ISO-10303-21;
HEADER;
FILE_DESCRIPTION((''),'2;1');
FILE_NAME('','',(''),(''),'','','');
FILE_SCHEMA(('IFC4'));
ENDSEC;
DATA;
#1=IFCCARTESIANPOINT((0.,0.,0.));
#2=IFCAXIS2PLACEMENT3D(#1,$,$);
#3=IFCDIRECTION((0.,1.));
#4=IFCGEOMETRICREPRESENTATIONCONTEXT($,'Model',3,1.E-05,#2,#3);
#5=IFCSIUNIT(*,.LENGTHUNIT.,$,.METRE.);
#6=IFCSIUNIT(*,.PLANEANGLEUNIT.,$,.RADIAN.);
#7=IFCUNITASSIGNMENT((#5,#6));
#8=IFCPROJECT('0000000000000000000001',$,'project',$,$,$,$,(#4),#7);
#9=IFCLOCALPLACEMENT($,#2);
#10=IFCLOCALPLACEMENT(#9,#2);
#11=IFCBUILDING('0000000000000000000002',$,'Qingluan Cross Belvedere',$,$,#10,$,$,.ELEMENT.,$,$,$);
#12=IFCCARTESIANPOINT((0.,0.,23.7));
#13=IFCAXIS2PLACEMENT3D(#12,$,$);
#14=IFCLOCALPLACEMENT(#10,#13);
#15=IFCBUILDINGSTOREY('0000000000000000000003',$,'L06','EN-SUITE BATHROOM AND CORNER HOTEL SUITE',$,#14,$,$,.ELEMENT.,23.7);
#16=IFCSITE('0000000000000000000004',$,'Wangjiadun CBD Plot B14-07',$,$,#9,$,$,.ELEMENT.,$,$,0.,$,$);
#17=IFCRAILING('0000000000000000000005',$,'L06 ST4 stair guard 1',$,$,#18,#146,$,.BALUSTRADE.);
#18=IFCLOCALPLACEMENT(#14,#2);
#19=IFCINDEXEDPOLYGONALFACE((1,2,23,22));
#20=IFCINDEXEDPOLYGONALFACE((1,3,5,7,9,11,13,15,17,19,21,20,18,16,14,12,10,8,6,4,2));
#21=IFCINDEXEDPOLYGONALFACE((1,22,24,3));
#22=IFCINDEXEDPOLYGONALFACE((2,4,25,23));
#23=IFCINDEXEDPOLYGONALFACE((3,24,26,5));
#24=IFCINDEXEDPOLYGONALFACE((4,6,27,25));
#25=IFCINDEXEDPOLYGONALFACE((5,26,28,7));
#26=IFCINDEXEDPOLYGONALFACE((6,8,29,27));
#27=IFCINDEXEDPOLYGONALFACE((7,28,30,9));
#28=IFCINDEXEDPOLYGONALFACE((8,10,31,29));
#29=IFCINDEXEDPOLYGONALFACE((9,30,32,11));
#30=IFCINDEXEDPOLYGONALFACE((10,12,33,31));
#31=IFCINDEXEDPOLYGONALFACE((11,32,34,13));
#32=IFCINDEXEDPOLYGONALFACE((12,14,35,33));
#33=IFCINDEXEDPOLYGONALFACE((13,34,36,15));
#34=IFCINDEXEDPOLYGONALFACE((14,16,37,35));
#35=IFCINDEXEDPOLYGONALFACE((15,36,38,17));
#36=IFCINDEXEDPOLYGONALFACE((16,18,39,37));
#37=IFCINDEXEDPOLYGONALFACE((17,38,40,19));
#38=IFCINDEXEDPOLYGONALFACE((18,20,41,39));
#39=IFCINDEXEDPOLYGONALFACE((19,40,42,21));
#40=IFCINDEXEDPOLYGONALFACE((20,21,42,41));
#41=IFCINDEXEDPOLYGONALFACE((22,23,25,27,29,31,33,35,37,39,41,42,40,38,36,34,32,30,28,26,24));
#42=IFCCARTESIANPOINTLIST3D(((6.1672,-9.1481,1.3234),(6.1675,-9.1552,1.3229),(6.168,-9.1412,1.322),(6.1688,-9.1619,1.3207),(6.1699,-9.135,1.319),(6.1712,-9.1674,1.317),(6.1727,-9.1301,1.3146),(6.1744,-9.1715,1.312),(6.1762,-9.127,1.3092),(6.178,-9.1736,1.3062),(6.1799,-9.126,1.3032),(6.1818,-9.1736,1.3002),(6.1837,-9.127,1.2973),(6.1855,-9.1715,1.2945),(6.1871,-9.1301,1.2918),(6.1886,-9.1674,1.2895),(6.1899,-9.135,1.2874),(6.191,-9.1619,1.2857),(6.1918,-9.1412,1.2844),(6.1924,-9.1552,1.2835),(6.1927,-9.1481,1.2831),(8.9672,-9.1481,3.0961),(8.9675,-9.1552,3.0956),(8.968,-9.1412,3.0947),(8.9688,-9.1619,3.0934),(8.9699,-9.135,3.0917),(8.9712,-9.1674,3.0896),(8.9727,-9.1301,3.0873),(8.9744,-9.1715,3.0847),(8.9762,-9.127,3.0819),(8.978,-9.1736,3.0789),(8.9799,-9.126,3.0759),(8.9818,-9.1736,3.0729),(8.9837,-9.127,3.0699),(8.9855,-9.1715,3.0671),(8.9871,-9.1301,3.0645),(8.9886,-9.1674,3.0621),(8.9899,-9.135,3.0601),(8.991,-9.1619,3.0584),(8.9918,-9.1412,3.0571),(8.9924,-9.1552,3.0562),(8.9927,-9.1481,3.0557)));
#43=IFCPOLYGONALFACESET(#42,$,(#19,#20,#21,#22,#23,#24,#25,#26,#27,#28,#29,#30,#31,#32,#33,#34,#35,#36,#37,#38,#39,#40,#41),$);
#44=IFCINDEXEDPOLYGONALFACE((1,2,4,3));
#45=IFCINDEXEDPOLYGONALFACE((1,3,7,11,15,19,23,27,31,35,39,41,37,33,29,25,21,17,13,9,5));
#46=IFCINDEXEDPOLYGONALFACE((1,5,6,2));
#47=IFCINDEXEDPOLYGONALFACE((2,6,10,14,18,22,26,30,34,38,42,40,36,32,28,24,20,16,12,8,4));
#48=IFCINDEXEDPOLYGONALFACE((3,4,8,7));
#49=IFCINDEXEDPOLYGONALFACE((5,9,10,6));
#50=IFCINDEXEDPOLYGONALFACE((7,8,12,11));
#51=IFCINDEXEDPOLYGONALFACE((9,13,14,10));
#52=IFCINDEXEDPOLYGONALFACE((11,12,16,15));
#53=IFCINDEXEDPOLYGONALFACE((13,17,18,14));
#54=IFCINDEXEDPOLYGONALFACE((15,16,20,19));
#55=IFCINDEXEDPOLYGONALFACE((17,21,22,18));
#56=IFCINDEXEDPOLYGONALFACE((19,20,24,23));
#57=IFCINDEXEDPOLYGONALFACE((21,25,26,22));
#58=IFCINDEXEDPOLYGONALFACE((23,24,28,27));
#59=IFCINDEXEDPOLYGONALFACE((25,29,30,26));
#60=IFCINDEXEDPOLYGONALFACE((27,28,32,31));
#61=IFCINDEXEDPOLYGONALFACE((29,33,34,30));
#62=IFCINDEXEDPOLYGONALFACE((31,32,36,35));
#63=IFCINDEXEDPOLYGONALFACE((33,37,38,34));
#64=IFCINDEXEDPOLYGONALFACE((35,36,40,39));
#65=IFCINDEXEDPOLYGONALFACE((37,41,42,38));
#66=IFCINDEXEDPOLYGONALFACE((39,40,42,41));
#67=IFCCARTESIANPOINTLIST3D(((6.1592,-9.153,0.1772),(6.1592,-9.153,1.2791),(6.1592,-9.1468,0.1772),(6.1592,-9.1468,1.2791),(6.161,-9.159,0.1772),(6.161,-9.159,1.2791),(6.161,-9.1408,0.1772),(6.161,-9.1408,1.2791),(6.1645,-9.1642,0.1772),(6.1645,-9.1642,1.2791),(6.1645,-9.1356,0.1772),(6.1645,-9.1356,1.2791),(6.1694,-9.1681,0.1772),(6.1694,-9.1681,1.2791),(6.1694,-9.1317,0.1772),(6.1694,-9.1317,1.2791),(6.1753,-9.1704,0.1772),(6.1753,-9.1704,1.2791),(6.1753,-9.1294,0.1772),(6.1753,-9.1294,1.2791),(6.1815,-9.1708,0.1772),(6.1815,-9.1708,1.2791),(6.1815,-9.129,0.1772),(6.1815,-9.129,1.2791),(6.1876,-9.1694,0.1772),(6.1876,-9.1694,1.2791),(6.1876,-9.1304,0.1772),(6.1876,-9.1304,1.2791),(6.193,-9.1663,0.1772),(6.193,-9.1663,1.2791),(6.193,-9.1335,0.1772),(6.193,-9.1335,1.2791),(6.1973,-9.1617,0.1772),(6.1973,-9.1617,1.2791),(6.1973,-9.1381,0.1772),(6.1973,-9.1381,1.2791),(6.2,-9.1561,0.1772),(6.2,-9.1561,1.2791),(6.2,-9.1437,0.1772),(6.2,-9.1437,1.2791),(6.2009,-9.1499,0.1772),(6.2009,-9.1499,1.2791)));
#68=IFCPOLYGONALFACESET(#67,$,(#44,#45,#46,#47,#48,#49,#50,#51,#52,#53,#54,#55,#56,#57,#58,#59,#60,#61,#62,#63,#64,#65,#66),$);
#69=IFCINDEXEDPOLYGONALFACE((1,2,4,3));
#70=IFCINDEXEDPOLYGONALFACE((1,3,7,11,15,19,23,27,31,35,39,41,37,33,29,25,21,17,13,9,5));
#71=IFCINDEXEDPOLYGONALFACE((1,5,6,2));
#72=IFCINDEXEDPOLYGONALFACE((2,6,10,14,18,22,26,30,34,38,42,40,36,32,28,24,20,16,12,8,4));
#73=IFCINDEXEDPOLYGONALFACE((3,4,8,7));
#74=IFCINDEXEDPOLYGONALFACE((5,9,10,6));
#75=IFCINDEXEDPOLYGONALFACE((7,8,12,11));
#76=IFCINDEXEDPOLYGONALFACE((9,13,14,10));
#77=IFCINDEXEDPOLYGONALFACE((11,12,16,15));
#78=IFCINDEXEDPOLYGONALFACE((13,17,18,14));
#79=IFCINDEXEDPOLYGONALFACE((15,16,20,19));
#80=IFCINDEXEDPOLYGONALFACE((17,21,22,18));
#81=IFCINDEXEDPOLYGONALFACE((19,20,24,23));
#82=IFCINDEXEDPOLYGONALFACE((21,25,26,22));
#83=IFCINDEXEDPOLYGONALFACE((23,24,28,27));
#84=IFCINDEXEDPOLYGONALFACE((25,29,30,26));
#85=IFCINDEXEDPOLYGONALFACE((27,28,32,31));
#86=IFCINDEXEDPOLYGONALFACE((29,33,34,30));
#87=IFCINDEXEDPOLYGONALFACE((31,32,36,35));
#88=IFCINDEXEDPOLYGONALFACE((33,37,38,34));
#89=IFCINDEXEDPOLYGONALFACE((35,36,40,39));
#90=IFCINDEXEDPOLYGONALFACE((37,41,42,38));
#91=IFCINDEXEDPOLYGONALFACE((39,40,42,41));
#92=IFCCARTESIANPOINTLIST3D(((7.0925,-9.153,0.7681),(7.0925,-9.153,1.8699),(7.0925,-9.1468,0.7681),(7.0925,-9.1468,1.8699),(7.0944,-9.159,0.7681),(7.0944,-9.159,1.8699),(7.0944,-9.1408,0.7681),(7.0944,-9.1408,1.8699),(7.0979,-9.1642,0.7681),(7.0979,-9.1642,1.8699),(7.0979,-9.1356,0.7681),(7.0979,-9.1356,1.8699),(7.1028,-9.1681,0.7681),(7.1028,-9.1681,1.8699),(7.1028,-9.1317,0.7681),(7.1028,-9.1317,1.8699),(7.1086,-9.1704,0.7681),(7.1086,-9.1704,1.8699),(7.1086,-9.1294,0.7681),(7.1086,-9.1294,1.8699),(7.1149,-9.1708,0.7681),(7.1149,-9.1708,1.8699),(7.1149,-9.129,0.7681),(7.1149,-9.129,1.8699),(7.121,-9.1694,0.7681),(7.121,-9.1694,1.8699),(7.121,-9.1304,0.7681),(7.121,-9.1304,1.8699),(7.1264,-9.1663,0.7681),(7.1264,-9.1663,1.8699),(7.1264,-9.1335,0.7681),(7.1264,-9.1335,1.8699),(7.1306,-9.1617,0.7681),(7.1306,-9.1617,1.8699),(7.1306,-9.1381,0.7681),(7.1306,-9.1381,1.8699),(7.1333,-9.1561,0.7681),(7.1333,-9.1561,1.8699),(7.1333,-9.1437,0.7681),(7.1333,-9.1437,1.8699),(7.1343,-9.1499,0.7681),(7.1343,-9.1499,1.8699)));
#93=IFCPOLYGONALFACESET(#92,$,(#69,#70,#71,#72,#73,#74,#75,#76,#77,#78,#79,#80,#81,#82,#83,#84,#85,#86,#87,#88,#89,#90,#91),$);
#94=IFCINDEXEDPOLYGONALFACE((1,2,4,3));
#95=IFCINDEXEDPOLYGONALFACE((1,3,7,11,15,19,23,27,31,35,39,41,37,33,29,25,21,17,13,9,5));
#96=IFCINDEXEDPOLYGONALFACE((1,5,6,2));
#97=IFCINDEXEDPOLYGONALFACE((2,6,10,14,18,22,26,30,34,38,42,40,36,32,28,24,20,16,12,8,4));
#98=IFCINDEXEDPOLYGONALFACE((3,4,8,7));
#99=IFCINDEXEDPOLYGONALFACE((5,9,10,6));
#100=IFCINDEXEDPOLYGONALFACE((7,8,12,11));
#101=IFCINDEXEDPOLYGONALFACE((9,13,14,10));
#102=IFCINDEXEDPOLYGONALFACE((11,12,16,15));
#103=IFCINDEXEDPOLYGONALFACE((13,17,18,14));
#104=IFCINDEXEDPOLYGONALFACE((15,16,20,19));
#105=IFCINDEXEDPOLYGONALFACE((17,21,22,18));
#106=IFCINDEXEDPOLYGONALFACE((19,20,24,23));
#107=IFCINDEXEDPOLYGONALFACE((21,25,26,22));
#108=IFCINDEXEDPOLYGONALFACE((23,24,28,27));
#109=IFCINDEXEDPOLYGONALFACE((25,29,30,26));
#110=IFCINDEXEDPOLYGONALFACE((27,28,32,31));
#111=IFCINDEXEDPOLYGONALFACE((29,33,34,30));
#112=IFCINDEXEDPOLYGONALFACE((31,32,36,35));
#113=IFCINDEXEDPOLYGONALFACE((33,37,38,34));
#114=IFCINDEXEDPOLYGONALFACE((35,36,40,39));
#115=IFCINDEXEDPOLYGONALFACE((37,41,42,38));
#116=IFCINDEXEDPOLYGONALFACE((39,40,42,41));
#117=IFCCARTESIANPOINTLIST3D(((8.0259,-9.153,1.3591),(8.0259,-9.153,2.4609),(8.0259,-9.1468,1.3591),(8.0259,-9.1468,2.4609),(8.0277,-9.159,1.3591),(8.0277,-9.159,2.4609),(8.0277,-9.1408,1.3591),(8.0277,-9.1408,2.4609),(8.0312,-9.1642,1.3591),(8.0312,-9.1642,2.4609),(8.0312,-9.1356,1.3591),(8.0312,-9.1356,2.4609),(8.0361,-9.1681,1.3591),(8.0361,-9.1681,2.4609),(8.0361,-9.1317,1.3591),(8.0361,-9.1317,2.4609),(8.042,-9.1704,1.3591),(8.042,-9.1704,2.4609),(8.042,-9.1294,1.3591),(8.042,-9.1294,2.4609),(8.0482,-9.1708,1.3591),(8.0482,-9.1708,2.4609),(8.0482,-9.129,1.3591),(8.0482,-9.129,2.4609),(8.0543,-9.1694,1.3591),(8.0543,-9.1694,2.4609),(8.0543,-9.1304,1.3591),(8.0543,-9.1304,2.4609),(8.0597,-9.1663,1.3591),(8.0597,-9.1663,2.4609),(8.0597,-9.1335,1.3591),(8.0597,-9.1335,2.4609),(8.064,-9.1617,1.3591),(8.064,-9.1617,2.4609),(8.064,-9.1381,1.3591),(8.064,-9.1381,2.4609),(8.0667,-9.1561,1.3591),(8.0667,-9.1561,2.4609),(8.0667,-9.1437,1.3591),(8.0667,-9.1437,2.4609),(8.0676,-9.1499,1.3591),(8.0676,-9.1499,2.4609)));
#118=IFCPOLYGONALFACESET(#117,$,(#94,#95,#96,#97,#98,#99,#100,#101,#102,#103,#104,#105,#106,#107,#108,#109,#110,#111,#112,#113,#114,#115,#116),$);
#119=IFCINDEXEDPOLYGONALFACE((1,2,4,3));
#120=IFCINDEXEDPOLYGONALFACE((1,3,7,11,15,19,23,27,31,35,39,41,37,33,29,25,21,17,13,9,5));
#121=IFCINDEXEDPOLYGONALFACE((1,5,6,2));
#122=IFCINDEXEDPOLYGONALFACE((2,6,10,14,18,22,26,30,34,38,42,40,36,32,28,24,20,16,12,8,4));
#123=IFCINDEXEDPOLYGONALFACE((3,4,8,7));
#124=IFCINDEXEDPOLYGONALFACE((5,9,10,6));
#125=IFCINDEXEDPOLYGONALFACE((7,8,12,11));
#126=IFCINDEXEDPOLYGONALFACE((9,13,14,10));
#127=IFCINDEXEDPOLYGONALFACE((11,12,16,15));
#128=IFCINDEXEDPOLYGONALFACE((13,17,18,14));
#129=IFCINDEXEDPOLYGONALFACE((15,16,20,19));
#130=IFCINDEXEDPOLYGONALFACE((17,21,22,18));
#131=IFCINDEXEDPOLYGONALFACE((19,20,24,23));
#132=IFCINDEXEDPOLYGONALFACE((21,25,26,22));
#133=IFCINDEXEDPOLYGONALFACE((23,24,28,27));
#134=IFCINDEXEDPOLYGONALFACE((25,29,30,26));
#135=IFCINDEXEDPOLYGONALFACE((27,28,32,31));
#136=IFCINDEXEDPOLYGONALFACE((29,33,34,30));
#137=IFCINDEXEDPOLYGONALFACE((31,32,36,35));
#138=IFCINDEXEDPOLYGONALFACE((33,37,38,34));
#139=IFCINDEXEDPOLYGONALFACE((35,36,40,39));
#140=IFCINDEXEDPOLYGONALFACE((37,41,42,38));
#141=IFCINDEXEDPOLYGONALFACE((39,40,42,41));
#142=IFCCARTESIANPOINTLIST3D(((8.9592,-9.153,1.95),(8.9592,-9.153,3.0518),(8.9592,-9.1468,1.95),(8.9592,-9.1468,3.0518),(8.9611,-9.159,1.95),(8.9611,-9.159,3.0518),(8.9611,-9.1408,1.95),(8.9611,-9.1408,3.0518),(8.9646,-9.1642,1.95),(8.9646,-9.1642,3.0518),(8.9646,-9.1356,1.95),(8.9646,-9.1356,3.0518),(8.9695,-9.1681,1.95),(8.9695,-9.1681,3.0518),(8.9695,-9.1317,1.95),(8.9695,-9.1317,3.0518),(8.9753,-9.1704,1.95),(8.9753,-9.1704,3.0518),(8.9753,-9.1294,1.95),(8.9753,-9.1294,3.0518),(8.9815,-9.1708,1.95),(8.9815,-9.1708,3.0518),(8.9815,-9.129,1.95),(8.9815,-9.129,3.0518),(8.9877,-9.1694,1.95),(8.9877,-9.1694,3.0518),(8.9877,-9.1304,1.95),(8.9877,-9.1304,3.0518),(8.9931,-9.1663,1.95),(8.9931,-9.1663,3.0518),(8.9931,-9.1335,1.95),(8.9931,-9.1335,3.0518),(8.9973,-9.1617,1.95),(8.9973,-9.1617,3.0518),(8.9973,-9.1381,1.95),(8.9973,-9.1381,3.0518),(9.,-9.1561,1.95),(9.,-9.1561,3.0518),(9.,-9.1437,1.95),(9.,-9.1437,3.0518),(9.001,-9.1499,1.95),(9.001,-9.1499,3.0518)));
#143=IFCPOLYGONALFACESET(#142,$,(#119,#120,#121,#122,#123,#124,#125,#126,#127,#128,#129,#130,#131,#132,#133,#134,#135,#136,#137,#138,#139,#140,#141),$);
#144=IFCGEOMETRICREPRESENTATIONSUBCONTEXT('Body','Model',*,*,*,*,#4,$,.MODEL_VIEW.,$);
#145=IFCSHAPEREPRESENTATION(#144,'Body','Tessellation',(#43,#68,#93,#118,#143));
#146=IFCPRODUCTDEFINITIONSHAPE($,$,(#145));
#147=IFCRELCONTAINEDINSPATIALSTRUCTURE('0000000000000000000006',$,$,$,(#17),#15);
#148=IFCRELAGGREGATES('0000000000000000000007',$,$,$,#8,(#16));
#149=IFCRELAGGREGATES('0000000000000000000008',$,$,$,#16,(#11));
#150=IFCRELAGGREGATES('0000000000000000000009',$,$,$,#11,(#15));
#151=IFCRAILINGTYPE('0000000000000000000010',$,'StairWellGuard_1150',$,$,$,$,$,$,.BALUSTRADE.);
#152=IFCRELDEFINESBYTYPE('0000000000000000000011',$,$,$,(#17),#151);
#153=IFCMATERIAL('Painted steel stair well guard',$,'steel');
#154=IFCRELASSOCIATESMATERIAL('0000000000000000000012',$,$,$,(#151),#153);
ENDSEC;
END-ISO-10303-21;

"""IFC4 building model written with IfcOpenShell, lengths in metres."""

from ifc_helpers import new_model, si_unit, direction, frame, origin, origin_2d, place, context, subcontext, project, spatial, circle, extrude, material, type_object, element, save


model = new_model("IFC4")

# Units and contexts
model_context = context("Model", 3, precision=1e-05, world=origin(), true_north=direction((0.0, 1.0)))
body_context = subcontext(model_context, "Body", "Model", "MODEL_VIEW")
ifc_project = project(units=[si_unit("LENGTHUNIT", "METRE"), si_unit("PLANEANGLEUNIT", "RADIAN")], contexts=[model_context])

# Site, building, storey
site_placement = place(None, origin())
site = spatial("IfcSite", under=ifc_project, at=site_placement, Name="Wangjiadun CBD Plot B14-07", CompositionType="ELEMENT", RefElevation=0.0)
building_placement = place(site_placement, origin())
building = spatial("IfcBuilding", under=site, at=building_placement, Name="Qingluan Cross Belvedere", CompositionType="ELEMENT")
storey_placement = place(building_placement, frame((0.0, 0.0, 23.7)))
storey = spatial("IfcBuildingStorey", under=building, at=storey_placement, Name="L06", Description="EN-SUITE BATHROOM AND CORNER HOTEL SUITE", CompositionType="ELEMENT", Elevation=23.7)

# Railing
ifc_material_1 = material(Name="Painted steel stair well guard", Category="steel")
railing_type_1 = type_object("IfcRailingType", Name="StairWellGuard_1150", PredefinedType="BALUSTRADE", material=ifc_material_1)
railing_1_placement = place(storey_placement, frame((6.1799, -9.1499, 0.1772)))
element("IfcRailing", 1, at=railing_1_placement, inside=storey, type_object=railing_type_1, Name="L06 ST4 stair guard 1", PredefinedType="BALUSTRADE", context=body_context, shape_type="SweptSolid", body=[
    extrude(circle(Radius=0.0239, at=origin_2d()), frame((0.0, 0.0, 1.126), z_axis=(0.844909, 0.0, 0.53491), x_axis=(0.0, 1.0, 0.0)), (0.0, 0.0, 1.0), 3.314),
    extrude(circle(Radius=0.021, at=origin_2d()), origin(), (0.0, 0.0, 1.0), 1.1018),
    extrude(circle(Radius=0.021, at=origin_2d()), frame((0.9333, 0.0, 0.5908)), (0.0, 0.0, 1.0), 1.1018),
    extrude(circle(Radius=0.021, at=origin_2d()), frame((1.8667, 0.0, 1.1819)), (0.0, 0.0, 1.0), 1.1018),
    extrude(circle(Radius=0.021, at=origin_2d()), frame((2.8, 0.0, 1.7727)), (0.0, 0.0, 1.0), 1.1018),
])

save(model, "model.ifc")
